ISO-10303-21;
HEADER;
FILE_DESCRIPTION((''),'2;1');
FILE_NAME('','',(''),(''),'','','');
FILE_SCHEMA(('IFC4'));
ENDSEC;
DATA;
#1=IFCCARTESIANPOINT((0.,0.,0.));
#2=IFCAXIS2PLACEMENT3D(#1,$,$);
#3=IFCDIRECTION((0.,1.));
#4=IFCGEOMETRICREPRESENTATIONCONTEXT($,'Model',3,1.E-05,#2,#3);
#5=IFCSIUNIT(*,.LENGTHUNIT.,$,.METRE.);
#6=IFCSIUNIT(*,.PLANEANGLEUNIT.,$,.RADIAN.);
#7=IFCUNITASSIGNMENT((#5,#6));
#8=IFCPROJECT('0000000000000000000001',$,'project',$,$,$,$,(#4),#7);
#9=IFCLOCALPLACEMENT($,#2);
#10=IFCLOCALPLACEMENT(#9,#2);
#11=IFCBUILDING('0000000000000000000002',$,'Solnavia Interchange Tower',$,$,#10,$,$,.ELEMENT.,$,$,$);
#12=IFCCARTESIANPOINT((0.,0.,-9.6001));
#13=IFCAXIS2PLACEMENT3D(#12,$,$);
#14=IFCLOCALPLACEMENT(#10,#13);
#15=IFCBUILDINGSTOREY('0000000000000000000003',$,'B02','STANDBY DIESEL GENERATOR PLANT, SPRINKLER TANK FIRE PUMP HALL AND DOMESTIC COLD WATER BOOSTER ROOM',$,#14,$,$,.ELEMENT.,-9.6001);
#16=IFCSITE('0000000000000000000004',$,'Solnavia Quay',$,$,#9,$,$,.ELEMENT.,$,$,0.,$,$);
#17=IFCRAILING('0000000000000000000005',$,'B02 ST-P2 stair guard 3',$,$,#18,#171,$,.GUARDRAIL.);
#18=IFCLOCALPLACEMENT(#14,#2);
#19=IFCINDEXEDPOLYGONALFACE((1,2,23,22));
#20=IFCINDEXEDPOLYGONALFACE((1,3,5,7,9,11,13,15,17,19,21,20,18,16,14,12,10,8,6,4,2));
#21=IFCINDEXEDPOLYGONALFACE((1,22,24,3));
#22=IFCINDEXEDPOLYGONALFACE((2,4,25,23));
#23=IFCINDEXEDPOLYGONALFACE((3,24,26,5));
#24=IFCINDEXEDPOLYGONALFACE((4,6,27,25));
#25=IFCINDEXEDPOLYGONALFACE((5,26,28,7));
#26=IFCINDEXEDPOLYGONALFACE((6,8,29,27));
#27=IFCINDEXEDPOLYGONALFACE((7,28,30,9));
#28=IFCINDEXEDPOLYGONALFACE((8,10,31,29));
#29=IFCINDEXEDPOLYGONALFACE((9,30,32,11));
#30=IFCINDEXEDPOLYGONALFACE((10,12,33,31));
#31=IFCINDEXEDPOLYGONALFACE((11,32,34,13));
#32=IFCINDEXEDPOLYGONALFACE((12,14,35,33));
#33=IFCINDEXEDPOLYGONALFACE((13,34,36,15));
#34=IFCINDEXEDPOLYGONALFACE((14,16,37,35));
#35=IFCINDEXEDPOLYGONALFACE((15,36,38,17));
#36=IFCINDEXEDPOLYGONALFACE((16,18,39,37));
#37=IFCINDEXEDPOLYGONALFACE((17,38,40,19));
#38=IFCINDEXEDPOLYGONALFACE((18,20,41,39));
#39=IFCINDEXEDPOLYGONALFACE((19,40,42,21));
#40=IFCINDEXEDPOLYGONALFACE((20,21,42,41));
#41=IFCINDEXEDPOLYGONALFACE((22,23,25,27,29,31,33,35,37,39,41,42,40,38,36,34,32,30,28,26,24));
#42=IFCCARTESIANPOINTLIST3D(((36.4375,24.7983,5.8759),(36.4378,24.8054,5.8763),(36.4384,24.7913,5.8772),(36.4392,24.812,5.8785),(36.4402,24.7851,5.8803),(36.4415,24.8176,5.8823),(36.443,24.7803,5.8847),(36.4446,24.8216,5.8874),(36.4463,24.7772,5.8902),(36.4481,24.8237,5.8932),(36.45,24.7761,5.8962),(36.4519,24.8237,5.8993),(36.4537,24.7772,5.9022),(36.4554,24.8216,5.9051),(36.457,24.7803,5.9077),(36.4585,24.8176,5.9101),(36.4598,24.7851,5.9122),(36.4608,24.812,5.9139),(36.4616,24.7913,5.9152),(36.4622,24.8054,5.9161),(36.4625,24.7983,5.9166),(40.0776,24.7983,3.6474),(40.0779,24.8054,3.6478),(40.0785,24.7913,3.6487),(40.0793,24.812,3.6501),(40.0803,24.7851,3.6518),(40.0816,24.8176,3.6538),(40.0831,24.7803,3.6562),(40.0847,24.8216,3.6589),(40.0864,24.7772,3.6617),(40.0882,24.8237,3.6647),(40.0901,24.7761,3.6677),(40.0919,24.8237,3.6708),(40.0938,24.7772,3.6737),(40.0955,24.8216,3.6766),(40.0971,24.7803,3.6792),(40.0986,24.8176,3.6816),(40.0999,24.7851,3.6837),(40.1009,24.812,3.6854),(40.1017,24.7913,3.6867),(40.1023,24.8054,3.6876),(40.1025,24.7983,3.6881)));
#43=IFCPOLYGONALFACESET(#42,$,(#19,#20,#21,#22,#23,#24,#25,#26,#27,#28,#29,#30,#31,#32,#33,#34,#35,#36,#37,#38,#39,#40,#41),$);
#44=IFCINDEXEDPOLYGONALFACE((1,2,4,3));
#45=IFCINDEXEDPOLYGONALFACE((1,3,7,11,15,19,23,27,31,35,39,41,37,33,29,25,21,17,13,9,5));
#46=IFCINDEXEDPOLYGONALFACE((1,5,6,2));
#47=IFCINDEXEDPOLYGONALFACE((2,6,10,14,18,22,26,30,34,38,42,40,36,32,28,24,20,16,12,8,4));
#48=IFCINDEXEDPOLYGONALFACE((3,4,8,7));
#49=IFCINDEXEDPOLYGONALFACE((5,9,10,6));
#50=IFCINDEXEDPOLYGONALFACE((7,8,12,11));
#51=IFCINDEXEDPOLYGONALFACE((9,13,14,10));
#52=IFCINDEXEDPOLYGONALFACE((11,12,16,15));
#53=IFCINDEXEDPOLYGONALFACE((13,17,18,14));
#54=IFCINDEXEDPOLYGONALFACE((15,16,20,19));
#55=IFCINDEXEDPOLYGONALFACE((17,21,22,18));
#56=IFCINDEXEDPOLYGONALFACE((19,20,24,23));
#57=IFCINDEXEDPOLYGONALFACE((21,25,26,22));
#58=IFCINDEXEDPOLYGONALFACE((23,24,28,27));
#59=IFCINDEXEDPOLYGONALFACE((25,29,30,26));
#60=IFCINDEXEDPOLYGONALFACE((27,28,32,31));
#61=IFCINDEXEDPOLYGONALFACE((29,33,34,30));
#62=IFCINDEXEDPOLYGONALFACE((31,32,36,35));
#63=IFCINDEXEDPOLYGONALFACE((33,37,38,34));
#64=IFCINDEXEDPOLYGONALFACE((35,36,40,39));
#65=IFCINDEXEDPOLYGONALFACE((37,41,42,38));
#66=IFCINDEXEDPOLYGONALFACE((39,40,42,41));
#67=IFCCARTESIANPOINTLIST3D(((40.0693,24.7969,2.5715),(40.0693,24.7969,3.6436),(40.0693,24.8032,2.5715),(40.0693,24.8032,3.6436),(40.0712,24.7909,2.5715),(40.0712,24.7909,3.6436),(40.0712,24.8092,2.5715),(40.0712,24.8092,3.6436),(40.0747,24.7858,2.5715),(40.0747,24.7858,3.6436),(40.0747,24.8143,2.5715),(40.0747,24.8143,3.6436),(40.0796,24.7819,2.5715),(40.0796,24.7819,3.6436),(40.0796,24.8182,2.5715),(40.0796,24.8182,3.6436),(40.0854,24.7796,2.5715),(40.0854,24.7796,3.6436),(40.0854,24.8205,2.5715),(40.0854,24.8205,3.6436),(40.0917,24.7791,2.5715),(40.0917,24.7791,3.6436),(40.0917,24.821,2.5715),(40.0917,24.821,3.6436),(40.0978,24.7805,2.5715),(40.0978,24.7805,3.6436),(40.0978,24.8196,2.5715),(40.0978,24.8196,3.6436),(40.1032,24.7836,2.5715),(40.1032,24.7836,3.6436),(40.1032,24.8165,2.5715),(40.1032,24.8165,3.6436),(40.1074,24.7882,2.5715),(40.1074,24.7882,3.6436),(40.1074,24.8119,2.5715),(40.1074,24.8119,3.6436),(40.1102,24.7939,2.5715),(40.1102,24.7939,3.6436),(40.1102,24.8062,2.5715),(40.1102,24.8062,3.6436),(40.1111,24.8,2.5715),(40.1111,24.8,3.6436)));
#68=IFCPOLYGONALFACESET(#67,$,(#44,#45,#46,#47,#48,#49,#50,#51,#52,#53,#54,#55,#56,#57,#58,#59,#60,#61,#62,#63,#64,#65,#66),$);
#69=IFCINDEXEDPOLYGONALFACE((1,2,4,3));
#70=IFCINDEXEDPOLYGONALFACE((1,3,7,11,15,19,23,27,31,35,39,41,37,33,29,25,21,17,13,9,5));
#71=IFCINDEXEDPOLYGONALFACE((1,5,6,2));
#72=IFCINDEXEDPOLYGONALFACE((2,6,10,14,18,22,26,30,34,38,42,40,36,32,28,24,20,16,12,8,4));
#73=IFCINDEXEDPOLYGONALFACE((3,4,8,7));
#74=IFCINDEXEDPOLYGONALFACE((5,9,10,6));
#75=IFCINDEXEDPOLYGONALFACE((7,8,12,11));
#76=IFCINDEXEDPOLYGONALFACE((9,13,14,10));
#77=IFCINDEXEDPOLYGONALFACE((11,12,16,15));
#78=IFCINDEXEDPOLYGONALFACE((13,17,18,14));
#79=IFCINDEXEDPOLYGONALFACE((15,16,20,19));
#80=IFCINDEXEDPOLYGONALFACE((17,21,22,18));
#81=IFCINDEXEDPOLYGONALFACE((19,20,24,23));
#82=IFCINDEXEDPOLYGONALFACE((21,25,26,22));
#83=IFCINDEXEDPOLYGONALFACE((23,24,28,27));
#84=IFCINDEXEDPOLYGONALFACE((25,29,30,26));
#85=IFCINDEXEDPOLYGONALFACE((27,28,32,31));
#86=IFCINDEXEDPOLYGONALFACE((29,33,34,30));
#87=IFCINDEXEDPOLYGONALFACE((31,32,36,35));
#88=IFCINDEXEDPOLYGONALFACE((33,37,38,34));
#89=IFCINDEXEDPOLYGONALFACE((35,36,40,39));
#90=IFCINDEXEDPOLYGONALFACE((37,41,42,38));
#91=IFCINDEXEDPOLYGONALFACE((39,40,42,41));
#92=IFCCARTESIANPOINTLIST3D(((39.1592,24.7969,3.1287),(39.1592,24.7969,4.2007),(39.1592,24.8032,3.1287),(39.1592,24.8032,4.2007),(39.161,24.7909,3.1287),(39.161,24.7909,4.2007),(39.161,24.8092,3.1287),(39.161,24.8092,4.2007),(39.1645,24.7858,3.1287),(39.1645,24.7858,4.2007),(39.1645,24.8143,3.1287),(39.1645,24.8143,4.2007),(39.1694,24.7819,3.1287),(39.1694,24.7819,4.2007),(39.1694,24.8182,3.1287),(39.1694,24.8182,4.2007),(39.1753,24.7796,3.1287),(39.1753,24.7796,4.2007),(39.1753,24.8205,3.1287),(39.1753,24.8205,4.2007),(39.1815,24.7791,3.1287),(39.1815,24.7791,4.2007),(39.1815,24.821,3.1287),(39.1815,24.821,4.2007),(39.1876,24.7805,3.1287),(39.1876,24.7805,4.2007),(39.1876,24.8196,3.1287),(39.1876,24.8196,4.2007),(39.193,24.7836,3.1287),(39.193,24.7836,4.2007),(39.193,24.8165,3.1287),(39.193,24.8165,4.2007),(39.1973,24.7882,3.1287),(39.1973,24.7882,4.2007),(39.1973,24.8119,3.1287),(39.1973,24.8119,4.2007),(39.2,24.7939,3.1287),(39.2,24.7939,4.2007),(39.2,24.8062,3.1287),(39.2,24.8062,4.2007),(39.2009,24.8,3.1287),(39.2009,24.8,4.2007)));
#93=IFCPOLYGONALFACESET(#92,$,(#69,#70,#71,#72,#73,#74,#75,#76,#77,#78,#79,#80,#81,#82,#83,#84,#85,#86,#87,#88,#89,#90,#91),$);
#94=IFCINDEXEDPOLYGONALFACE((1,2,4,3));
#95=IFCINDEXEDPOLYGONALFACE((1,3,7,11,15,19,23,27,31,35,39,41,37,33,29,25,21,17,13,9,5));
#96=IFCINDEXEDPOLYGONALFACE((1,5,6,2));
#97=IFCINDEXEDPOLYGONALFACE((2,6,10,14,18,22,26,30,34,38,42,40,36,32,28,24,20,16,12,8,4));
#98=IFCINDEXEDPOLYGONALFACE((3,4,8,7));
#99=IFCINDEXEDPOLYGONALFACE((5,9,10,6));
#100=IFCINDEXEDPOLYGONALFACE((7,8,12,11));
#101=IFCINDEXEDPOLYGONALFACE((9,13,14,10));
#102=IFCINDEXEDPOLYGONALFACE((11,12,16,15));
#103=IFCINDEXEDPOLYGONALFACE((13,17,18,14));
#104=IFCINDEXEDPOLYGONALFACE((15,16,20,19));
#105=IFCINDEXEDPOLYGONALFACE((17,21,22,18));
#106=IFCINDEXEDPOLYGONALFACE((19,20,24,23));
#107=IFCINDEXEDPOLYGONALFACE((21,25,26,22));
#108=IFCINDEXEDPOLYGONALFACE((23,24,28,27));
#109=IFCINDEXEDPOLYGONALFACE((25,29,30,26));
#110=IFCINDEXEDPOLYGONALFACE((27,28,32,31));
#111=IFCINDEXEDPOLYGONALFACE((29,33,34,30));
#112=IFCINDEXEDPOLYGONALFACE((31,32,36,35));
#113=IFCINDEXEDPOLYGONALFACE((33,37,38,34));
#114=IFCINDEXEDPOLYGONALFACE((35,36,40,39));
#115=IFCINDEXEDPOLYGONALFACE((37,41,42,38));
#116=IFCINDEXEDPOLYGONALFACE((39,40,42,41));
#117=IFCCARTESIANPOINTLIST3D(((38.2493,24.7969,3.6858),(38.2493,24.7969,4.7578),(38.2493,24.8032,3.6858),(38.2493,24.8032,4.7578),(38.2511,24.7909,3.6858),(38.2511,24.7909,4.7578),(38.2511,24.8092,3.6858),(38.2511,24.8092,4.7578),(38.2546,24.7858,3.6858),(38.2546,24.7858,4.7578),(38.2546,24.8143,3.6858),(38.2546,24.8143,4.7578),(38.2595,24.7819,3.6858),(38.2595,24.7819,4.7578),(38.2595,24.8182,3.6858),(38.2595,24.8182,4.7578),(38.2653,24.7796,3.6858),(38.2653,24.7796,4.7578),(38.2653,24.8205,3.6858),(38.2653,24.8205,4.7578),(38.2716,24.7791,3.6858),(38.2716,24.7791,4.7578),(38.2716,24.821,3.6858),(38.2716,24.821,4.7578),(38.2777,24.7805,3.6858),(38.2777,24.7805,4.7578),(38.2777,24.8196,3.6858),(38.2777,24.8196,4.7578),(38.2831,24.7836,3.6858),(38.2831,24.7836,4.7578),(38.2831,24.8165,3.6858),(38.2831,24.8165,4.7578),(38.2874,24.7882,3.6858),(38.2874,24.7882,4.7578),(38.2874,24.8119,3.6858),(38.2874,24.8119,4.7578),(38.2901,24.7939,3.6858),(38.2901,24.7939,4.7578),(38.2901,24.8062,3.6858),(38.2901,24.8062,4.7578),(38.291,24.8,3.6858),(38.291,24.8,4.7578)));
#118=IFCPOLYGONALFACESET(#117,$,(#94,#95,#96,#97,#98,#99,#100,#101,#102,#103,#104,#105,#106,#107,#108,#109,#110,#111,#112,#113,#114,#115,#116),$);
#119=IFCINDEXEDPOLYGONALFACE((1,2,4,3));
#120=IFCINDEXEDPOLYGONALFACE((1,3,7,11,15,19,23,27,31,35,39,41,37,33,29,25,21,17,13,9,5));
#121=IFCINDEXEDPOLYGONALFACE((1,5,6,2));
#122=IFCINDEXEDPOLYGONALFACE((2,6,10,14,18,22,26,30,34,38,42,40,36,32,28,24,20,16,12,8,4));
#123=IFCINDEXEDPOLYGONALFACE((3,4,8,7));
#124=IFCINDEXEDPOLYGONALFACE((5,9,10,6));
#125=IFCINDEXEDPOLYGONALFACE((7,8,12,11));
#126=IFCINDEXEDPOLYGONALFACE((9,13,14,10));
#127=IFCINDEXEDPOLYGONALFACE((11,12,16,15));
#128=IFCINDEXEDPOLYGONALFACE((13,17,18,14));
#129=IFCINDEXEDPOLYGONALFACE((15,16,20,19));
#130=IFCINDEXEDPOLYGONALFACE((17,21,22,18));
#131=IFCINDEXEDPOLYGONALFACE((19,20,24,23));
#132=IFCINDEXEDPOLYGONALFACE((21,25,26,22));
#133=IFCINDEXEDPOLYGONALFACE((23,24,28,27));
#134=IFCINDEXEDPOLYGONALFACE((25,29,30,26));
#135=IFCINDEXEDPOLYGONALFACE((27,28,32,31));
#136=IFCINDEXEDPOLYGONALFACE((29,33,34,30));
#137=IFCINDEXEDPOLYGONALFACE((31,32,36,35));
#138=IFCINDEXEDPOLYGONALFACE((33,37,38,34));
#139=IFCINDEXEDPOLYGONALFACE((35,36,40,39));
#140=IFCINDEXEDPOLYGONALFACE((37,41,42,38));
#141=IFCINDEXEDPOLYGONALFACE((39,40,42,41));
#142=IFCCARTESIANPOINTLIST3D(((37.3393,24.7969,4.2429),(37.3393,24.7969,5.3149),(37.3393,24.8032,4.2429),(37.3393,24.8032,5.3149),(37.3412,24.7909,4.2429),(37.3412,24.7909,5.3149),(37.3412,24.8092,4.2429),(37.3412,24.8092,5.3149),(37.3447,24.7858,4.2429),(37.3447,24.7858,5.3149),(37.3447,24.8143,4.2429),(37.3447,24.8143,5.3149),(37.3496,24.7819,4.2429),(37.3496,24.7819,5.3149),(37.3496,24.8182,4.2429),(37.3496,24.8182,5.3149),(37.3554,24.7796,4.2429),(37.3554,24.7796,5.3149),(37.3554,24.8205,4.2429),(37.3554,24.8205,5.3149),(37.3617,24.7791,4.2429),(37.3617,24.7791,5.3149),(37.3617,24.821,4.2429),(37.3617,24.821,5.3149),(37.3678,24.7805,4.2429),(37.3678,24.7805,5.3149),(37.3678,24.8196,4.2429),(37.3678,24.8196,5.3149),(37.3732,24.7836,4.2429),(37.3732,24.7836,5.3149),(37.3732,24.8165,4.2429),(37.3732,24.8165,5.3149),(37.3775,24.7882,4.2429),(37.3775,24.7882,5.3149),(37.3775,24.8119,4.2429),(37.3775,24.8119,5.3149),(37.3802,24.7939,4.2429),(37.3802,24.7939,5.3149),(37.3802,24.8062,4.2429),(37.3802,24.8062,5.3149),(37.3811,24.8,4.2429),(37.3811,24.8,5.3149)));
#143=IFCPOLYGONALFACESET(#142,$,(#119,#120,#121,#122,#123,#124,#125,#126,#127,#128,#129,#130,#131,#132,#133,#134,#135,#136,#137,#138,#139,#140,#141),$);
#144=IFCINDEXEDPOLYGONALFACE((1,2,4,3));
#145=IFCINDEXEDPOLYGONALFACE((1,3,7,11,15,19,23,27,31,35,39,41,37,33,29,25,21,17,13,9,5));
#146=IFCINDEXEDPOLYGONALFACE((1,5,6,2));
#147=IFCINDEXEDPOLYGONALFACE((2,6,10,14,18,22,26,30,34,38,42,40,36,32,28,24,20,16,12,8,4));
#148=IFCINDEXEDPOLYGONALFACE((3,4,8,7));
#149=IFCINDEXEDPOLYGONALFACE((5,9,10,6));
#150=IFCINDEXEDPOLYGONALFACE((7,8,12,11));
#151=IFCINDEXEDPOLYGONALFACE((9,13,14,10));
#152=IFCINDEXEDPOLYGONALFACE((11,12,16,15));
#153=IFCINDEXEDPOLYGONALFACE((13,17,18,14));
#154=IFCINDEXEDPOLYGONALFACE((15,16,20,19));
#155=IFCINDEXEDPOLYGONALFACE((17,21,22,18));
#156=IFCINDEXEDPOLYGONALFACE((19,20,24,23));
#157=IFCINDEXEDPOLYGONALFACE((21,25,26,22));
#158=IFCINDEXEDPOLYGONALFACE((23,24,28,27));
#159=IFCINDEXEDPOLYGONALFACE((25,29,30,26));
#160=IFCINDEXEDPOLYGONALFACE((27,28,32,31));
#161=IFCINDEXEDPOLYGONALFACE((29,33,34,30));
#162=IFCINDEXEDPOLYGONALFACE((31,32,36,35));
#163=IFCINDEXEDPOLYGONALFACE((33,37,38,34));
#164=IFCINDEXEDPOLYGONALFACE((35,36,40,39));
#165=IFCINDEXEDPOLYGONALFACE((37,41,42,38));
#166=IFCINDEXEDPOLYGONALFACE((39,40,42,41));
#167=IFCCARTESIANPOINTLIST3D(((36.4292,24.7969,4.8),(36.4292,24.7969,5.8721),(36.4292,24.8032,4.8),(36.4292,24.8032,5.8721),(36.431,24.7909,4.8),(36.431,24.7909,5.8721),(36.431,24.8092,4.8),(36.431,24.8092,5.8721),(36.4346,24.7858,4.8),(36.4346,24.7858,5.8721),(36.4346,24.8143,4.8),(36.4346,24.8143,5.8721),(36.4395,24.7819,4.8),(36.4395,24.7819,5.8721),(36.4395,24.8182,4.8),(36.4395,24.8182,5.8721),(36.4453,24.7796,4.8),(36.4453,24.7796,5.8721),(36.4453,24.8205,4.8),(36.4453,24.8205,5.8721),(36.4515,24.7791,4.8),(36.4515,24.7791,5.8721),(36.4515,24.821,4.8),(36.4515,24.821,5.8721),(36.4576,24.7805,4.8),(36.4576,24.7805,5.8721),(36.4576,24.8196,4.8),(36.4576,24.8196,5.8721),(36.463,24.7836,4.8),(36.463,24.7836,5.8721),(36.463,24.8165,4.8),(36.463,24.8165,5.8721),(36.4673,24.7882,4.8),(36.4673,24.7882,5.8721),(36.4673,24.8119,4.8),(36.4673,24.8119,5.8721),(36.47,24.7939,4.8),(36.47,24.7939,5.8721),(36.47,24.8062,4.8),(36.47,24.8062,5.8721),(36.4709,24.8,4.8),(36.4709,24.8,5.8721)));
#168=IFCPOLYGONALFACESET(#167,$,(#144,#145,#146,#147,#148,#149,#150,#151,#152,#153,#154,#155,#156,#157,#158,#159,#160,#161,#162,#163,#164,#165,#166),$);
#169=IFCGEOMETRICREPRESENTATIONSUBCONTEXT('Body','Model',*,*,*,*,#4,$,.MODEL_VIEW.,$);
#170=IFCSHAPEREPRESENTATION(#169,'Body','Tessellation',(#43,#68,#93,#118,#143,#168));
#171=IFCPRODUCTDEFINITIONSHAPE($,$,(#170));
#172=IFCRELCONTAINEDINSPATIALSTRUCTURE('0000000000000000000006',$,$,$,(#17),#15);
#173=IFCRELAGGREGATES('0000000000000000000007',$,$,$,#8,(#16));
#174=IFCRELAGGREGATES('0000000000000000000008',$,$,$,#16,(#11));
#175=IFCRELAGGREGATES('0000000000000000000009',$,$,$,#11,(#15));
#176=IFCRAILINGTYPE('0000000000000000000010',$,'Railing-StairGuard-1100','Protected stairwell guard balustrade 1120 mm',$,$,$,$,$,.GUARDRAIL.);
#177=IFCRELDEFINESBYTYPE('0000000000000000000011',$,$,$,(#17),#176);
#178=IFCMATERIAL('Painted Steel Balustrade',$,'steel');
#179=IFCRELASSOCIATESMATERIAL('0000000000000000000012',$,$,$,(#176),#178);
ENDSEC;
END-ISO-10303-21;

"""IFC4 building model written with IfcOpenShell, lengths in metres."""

from ifc_helpers import new_model, si_unit, direction, frame, origin, origin_2d, place, context, subcontext, project, spatial, circle, extrude, material, type_object, element, save


model = new_model("IFC4")

# Units and contexts
model_context = context("Model", 3, precision=1e-05, world=origin(), true_north=direction((0.0, 1.0)))
body_context = subcontext(model_context, "Body", "Model", "MODEL_VIEW")
ifc_project = project(units=[si_unit("LENGTHUNIT", "METRE"), si_unit("PLANEANGLEUNIT", "RADIAN")], contexts=[model_context])

# Site, building, storey
site_placement = place(None, origin())
site = spatial("IfcSite", under=ifc_project, at=site_placement, Name="Solnavia Quay", CompositionType="ELEMENT", RefElevation=0.0)
building_placement = place(site_placement, origin())
building = spatial("IfcBuilding", under=site, at=building_placement, Name="Solnavia Interchange Tower", CompositionType="ELEMENT")
storey_placement = place(building_placement, frame((0.0, 0.0, -9.6001)))
storey = spatial("IfcBuildingStorey", under=building, at=storey_placement, Name="B02", Description="STANDBY DIESEL GENERATOR PLANT, SPRINKLER TANK FIRE PUMP HALL AND DOMESTIC COLD WATER BOOSTER ROOM", CompositionType="ELEMENT", Elevation=-9.6001)

# Railing
ifc_material_1 = material(Name="Painted Steel Balustrade", Category="steel")
railing_type_1 = type_object("IfcRailingType", Name="Railing-StairGuard-1100", Description="Protected stairwell guard balustrade 1120 mm", PredefinedType="GUARDRAIL", material=ifc_material_1)
railing_1_placement = place(storey_placement, frame((40.0901, 24.8, 2.5715)))
element("IfcRailing", 1, at=railing_1_placement, inside=storey, type_object=railing_type_1, Name="B02 ST-P2 stair guard 3", PredefinedType="GUARDRAIL", context=body_context, shape_type="SweptSolid", body=[
    extrude(circle(Radius=0.0239, at=origin_2d()), frame((0.0, 0.0, 1.0962), z_axis=(-0.852866, 0.0, 0.52213), x_axis=(0.0, -1.0, 0.0)), (0.0, 0.0, 1.0), 4.2681),
    extrude(circle(Radius=0.021, at=origin_2d()), origin(), (0.0, 0.0, 1.0), 1.072),
    extrude(circle(Radius=0.021, at=origin_2d()), frame((-0.9102, 0.0, 0.5571)), (0.0, 0.0, 1.0), 1.072),
    extrude(circle(Radius=0.021, at=origin_2d()), frame((-1.8201, 0.0, 1.1143)), (0.0, 0.0, 1.0), 1.072),
    extrude(circle(Radius=0.021, at=origin_2d()), frame((-2.73, 0.0, 1.6714)), (0.0, 0.0, 1.0), 1.072),
    extrude(circle(Radius=0.021, at=origin_2d()), frame((-3.6401, 0.0, 2.2285)), (0.0, 0.0, 1.0), 1.072),
])

save(model, "model.ifc")
